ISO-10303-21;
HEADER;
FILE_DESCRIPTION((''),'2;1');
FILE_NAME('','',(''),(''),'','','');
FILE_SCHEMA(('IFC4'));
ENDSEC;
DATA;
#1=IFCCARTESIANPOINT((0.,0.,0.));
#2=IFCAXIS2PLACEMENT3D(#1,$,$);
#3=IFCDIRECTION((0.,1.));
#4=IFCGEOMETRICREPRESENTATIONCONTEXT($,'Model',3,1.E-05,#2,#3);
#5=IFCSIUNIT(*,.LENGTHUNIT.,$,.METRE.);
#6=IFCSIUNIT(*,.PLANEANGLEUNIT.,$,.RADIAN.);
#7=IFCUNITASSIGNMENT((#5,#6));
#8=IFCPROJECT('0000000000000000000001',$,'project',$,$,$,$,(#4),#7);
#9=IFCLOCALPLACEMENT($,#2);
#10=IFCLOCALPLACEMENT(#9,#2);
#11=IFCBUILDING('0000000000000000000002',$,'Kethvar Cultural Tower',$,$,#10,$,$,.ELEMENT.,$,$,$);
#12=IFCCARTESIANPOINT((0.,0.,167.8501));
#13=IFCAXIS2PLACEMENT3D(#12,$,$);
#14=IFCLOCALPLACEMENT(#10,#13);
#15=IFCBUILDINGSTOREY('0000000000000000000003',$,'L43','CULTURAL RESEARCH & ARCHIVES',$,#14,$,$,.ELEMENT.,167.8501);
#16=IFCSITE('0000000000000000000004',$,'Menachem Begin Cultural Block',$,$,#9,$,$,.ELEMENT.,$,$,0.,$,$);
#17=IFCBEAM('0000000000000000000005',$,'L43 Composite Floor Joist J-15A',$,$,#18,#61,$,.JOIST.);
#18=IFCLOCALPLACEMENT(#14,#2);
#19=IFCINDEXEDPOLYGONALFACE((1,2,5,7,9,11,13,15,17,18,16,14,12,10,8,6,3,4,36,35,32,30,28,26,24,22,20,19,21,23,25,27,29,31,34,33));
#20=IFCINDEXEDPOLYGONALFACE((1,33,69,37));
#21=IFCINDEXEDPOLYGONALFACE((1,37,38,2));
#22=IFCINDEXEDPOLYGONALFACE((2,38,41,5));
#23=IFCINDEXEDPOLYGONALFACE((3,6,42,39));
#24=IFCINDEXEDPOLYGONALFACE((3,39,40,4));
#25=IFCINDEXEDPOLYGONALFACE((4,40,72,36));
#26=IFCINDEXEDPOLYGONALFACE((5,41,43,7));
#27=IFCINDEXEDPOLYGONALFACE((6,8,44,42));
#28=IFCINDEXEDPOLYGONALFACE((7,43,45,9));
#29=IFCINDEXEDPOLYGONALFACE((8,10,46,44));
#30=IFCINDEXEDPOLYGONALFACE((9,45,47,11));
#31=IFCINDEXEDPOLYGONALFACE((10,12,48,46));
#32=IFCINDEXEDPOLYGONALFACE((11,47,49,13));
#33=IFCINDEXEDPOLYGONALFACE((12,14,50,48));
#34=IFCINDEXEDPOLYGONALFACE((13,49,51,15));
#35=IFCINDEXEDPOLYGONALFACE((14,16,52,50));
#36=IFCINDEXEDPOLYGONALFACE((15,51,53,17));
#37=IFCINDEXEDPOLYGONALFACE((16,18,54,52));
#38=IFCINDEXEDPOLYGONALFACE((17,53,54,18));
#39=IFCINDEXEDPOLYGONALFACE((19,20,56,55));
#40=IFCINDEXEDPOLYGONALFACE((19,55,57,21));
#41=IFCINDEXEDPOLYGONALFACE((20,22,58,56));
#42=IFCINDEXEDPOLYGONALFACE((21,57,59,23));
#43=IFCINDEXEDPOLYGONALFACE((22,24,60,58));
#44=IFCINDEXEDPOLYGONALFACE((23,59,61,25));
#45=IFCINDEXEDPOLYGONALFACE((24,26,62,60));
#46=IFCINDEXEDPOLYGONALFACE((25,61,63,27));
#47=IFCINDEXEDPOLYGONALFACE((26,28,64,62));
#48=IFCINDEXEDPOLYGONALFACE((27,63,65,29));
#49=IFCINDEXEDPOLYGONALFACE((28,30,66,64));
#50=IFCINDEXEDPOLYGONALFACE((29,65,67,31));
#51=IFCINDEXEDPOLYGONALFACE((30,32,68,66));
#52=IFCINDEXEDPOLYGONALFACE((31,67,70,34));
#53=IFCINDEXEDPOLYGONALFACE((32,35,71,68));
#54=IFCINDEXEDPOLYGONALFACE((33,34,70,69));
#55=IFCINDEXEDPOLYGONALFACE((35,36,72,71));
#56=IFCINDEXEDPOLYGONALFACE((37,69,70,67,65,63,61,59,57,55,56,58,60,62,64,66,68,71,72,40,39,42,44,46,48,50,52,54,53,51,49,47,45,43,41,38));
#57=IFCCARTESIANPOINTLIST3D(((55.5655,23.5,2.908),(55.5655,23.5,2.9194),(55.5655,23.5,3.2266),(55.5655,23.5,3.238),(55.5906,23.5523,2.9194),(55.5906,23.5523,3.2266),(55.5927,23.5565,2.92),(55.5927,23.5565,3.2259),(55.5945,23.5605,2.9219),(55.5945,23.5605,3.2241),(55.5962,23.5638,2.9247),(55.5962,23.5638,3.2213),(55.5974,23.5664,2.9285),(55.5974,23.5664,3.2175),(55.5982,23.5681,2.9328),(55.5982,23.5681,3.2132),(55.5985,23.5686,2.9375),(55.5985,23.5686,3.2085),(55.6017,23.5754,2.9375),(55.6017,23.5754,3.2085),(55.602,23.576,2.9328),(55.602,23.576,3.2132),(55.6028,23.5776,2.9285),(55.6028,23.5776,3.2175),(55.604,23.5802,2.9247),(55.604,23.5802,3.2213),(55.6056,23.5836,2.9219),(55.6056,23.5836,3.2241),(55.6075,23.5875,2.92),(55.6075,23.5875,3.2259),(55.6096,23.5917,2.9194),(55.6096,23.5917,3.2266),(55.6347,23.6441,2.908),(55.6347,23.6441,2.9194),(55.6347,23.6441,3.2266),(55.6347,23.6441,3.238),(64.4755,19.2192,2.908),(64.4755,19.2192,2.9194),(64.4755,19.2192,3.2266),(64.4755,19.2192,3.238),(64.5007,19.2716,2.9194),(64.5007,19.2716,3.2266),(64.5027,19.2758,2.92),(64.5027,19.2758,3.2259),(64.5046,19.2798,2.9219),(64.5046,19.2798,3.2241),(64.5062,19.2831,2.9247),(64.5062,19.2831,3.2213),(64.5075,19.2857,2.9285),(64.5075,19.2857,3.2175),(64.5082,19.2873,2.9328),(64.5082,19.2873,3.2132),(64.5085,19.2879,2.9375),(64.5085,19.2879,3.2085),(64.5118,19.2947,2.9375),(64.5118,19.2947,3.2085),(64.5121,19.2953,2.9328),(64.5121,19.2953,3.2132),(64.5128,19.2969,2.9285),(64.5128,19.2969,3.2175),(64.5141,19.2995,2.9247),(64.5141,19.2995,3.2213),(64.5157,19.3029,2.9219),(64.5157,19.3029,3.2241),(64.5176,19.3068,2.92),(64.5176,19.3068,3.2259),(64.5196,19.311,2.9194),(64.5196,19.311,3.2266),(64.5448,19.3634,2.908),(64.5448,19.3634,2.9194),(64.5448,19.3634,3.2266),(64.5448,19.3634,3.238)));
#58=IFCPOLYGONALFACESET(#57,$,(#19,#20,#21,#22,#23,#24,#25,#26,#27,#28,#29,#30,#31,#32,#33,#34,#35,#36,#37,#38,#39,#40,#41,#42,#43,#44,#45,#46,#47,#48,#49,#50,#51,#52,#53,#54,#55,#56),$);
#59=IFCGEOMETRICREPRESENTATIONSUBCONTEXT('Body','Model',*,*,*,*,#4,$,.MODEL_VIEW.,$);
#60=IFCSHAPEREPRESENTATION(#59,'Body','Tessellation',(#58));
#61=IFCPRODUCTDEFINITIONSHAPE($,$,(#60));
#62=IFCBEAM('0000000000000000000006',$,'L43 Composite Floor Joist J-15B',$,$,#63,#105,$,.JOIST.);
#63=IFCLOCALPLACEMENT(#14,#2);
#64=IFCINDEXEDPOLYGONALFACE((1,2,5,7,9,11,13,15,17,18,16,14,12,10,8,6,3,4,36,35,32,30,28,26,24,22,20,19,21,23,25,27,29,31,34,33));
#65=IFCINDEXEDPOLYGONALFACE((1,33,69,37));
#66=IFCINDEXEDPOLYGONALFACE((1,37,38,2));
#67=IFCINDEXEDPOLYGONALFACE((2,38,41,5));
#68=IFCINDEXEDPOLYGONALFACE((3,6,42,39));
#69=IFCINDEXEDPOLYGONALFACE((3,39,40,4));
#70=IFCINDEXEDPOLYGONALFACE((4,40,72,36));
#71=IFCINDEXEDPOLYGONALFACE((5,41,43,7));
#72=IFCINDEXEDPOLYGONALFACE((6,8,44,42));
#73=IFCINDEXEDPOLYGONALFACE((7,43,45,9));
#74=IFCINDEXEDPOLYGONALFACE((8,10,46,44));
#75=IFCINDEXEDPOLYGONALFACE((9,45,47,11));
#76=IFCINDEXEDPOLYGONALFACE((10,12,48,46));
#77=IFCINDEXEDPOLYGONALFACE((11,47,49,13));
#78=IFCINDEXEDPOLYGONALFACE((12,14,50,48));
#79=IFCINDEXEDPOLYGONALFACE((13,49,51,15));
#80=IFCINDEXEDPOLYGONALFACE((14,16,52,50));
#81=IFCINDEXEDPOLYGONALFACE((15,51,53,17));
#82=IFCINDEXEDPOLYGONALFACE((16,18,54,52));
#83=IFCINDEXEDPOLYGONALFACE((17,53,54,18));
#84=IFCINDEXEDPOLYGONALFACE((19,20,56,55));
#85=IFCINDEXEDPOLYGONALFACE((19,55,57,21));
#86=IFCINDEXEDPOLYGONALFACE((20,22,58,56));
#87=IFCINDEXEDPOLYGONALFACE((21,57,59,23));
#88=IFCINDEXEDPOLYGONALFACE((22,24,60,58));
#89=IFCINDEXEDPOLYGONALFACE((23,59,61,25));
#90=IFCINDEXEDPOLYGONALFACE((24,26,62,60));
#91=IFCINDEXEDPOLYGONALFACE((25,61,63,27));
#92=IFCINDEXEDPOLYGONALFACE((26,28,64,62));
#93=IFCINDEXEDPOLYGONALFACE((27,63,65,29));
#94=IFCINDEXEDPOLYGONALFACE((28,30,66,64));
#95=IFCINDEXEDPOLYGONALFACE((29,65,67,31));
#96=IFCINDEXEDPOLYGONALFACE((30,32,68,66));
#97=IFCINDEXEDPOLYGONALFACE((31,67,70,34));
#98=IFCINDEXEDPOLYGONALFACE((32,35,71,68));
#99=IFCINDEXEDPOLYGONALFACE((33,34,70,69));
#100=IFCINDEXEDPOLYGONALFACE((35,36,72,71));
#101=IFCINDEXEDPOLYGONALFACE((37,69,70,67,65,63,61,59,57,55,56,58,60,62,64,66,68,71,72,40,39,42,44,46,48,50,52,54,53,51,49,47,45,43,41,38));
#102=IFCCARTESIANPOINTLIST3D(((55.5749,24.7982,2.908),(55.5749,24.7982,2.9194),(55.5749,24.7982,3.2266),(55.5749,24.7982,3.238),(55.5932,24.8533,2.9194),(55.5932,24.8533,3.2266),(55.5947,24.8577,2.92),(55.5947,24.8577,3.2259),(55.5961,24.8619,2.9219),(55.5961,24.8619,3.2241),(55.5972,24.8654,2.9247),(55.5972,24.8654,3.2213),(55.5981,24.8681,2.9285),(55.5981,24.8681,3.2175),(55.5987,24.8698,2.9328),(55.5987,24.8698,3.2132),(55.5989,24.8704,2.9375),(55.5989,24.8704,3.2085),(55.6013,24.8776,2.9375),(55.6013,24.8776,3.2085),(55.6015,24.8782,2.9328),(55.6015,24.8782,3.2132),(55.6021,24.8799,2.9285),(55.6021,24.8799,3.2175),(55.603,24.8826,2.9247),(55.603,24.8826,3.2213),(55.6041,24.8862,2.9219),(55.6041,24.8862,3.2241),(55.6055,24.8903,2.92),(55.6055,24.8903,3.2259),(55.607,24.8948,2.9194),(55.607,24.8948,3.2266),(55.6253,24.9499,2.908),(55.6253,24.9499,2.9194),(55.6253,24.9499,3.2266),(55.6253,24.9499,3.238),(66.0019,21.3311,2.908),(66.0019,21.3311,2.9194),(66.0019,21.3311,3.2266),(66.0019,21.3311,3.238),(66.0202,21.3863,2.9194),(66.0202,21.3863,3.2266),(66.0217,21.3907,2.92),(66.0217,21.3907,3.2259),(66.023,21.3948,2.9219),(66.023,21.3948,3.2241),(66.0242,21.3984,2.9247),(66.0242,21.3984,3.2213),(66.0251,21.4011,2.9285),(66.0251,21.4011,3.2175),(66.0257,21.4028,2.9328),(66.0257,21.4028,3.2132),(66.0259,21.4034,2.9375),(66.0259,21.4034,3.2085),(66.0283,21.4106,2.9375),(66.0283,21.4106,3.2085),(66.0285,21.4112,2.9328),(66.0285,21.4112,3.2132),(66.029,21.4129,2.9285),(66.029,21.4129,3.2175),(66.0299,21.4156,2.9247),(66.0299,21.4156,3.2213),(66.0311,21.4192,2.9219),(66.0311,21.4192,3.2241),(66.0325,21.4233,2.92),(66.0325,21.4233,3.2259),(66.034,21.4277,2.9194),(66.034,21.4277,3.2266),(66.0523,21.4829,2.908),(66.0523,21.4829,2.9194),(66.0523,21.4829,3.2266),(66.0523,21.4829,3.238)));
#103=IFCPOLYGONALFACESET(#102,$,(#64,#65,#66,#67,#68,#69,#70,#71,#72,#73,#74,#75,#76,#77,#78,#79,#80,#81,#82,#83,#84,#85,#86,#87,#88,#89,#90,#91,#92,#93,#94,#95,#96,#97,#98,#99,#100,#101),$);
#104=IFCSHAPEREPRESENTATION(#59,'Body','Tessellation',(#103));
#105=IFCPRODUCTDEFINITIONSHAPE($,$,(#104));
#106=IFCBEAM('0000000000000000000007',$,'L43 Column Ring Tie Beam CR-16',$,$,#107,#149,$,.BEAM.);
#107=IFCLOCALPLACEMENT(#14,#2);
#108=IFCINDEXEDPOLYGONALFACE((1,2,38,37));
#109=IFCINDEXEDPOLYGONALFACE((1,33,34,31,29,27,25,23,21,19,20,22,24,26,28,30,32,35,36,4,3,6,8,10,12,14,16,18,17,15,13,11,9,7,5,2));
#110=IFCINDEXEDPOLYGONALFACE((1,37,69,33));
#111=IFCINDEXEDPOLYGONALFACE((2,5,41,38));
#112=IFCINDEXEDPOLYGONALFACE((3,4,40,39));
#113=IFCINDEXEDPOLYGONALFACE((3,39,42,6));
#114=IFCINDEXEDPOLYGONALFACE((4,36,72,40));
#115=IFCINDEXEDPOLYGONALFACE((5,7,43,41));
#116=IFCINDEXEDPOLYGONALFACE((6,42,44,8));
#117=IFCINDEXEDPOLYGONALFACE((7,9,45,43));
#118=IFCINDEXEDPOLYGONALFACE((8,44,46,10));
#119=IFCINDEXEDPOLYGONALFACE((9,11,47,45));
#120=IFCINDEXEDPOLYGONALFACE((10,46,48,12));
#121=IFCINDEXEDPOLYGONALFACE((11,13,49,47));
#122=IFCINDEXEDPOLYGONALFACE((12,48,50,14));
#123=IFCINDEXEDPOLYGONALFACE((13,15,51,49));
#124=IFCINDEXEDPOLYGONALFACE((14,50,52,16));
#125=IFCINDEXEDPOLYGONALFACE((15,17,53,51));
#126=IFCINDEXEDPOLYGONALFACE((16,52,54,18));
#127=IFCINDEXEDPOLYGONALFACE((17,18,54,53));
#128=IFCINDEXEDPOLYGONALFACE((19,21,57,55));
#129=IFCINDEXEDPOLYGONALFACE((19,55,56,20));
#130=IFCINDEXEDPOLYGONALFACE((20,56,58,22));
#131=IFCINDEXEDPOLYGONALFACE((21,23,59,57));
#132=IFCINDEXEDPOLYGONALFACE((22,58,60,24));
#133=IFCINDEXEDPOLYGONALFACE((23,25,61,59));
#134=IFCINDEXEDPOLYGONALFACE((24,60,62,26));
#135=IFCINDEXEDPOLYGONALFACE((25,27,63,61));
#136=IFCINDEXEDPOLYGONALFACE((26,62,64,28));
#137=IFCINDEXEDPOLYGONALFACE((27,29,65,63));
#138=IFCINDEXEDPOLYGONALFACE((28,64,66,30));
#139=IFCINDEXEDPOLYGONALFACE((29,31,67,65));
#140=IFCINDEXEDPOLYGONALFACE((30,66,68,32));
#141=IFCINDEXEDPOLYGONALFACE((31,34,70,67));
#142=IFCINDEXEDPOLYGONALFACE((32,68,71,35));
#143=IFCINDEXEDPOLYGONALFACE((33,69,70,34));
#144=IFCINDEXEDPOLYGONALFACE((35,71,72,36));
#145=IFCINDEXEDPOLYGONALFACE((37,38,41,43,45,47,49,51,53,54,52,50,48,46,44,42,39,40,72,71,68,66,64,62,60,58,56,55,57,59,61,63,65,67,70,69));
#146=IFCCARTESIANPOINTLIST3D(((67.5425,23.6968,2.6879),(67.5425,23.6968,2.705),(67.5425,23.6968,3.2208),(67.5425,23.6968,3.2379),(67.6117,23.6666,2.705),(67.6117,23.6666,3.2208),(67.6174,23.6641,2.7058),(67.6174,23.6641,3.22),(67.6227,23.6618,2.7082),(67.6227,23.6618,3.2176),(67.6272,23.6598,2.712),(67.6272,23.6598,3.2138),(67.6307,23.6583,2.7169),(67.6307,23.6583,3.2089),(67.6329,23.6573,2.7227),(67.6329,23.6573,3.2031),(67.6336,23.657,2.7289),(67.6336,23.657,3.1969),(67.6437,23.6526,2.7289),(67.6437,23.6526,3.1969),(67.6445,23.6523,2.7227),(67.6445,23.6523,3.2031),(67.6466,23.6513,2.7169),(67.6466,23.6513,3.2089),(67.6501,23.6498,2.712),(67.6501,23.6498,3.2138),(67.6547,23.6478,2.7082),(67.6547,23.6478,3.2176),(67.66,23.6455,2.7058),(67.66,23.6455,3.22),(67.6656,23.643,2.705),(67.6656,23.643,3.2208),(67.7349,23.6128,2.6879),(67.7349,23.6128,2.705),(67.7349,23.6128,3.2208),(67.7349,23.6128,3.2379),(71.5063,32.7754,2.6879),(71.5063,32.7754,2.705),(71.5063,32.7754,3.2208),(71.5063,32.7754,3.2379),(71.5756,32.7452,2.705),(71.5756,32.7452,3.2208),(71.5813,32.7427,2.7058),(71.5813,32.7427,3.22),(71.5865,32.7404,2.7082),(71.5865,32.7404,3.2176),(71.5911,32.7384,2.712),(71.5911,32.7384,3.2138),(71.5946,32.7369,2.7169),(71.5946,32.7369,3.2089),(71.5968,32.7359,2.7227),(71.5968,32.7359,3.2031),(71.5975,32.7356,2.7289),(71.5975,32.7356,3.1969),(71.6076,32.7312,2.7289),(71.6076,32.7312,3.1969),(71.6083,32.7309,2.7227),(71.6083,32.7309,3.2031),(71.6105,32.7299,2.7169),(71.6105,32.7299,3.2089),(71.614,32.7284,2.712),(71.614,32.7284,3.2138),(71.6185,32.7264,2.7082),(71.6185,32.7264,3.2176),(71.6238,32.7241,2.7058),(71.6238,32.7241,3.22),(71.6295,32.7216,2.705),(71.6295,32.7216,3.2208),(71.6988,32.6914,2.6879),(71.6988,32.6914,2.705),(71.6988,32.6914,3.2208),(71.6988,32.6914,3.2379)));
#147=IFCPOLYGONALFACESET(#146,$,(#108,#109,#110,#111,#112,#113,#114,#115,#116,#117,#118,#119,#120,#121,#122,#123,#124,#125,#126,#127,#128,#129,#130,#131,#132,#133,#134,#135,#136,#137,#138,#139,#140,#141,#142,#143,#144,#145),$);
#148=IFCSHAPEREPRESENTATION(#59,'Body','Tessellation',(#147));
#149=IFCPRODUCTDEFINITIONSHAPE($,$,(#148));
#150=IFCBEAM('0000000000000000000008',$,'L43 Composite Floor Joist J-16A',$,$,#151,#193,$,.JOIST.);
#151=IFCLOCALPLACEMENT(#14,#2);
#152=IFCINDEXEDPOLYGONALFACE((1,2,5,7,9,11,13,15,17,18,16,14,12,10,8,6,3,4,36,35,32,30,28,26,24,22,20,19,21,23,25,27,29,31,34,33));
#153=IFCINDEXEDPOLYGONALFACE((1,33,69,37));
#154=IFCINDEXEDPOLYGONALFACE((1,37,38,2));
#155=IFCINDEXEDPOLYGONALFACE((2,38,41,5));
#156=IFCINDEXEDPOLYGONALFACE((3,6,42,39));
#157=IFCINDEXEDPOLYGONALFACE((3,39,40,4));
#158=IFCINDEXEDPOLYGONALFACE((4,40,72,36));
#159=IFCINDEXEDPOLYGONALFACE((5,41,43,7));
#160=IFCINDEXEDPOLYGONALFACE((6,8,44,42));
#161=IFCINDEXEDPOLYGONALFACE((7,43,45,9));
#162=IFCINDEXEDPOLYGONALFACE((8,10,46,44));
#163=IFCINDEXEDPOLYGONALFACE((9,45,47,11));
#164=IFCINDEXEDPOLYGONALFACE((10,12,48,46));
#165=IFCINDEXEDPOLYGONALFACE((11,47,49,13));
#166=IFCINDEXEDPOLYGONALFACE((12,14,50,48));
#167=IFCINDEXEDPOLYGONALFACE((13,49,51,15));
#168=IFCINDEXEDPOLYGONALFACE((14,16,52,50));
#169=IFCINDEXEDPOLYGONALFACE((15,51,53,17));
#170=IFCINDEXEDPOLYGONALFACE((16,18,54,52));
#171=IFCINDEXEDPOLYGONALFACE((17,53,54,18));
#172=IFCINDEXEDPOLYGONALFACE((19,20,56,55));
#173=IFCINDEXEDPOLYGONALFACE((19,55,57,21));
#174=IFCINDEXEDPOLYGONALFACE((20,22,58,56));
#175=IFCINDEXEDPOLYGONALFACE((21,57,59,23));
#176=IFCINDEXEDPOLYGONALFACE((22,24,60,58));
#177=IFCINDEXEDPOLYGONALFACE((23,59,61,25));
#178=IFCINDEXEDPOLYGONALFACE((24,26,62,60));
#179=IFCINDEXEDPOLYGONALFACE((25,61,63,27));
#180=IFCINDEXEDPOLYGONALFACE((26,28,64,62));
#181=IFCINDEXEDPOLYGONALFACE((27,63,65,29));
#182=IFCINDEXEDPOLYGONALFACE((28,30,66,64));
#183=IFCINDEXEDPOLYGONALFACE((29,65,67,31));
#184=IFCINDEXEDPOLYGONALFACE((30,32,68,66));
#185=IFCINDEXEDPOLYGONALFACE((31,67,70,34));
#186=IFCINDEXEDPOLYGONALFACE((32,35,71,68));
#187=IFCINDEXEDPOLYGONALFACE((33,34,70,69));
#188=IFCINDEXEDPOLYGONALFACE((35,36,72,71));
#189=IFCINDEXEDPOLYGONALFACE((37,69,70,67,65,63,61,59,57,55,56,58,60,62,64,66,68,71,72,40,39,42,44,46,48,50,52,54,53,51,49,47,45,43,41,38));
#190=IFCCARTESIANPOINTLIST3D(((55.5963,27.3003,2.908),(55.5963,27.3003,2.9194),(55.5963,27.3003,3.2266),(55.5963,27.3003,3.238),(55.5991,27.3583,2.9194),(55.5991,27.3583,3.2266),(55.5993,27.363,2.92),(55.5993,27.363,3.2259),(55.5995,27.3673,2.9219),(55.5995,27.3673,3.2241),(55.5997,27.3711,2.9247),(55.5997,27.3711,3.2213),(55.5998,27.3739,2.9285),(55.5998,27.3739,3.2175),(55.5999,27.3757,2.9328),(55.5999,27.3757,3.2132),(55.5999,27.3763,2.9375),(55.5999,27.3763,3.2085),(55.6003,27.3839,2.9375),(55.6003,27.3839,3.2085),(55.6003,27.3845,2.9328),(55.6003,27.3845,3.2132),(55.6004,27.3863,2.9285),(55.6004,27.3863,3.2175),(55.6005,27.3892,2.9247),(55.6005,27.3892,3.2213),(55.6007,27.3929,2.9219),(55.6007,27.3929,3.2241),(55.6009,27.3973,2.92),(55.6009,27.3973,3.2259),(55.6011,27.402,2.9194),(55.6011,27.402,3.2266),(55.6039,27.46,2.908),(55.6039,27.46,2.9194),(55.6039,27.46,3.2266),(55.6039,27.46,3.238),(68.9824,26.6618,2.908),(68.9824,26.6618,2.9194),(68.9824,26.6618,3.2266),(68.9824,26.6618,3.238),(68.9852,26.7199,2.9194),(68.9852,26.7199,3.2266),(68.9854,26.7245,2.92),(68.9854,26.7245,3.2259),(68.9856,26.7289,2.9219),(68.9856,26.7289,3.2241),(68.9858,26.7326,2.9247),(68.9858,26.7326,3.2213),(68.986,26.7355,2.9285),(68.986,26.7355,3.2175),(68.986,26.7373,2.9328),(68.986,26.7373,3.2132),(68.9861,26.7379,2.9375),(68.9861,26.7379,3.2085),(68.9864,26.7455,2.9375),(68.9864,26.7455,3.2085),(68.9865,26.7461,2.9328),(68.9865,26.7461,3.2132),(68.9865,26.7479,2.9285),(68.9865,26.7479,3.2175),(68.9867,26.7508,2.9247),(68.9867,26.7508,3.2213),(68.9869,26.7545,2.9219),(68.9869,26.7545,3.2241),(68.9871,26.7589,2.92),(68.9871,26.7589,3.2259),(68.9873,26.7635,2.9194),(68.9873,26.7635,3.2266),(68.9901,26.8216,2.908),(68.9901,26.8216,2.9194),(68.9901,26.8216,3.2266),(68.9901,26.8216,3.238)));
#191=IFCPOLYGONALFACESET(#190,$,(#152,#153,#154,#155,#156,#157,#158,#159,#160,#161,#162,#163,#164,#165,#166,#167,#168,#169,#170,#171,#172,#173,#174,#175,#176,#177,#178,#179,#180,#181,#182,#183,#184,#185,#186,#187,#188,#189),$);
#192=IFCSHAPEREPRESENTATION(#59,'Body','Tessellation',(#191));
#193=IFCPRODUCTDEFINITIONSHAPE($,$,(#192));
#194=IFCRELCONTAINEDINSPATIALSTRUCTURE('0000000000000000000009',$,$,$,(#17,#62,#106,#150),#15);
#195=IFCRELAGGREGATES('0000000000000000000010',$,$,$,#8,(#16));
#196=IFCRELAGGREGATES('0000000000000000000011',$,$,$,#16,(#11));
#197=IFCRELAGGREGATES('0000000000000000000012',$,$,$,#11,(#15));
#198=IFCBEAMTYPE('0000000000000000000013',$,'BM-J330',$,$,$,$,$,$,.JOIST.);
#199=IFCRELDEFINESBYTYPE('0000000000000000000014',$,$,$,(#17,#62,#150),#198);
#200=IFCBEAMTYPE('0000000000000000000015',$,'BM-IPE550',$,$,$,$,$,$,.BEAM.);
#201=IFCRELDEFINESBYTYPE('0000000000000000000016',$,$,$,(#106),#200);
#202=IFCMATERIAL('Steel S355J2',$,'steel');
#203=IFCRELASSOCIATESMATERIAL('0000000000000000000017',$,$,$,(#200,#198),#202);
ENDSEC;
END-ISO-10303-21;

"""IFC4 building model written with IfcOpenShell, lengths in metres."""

from ifc_helpers import new_model, si_unit, direction, frame, origin, origin_2d, place, context, subcontext, project, spatial, i_section, extrude, source, transform, mapped, material, material_profile, profile_set, type_object, element, save


model = new_model("IFC4")

# Units and contexts
model_context = context("Model", 3, precision=1e-05, world=origin(), true_north=direction((0.0, 1.0)))
body_context = subcontext(model_context, "Body", "Model", "MODEL_VIEW")
ifc_project = project(units=[si_unit("LENGTHUNIT", "METRE"), si_unit("PLANEANGLEUNIT", "RADIAN")], contexts=[model_context])

# Site, building, storey
site_placement = place(None, origin())
site = spatial("IfcSite", under=ifc_project, at=site_placement, Name="Menachem Begin Cultural Block", CompositionType="ELEMENT", RefElevation=0.0)
building_placement = place(site_placement, origin())
building = spatial("IfcBuilding", under=site, at=building_placement, Name="Kethvar Cultural Tower", CompositionType="ELEMENT")
storey_placement = place(building_placement, frame((0.0, 0.0, 167.8501)))
storey = spatial("IfcBuildingStorey", under=building, at=storey_placement, Name="L43", Description="CULTURAL RESEARCH & ARCHIVES", CompositionType="ELEMENT", Elevation=167.8501)

# Beams
ifc_material_1 = material(Name="Steel S355J2", Category="steel")
ifc_material_profile_1 = material_profile(ifc_material_1, i_section(OverallWidth=0.21, OverallDepth=0.55, WebThickness=0.011, FlangeThickness=0.0171, FilletRadius=0.0239, at=origin_2d()), Name="Steel S355J2 — IPE550")
ifc_profile_set_1 = profile_set([ifc_material_profile_1], Name="Steel S355J2 — IPE550")
beam_type_1 = type_object("IfcBeamType", Name="BM-IPE550", PredefinedType="BEAM", material=ifc_profile_set_1)
ifc_material_profile_2 = material_profile(ifc_material_1, i_section(OverallWidth=0.1599, OverallDepth=0.3301, WebThickness=0.0076, FlangeThickness=0.0115, FilletRadius=0.0181, at=origin_2d()), Name="Steel S355J2 — IPE330")
ifc_profile_set_2 = profile_set([ifc_material_profile_2], Name="Steel S355J2 — IPE330")
beam_type_2 = type_object("IfcBeamType", Name="BM-J330", PredefinedType="JOIST", material=ifc_profile_set_2)
shared_shape_1 = source(origin(), body_context, "Body", "SweptSolid", [
    extrude(i_section(OverallWidth=0.1599, OverallDepth=0.3301, WebThickness=0.0076, FlangeThickness=0.0115, FilletRadius=0.0181, at=origin_2d()), origin(), (0.0, 0.0, 1.0), 9.885),
])
beam_1_placement = place(storey_placement, frame((55.6001, 23.572, 3.073), z_axis=(0.90137, -0.433051, 0.0), x_axis=(0.433051, 0.90137, 0.0)))
element("IfcBeam", 1, at=beam_1_placement, inside=storey, type_object=beam_type_2, Name="L43 Composite Floor Joist J-15A", PredefinedType="JOIST", context=body_context, shape_type="MappedRepresentation", body=[
    mapped(shared_shape_1, transform((0.0, 0.0, 0.0), scale=1.0)),
])
shared_shape_2 = source(origin(), body_context, "Body", "SweptSolid", [
    extrude(i_section(OverallWidth=0.1599, OverallDepth=0.3301, WebThickness=0.0076, FlangeThickness=0.0115, FilletRadius=0.0181, at=origin_2d()), origin(), (0.0, 0.0, 1.0), 10.9883),
])
beam_2_placement = place(storey_placement, frame((55.6001, 24.874, 3.073), z_axis=(0.948919, -0.315521, 0.0), x_axis=(0.315521, 0.948919, 0.0)))
element("IfcBeam", 2, at=beam_2_placement, inside=storey, type_object=beam_type_2, Name="L43 Composite Floor Joist J-15B", PredefinedType="JOIST", context=body_context, shape_type="MappedRepresentation", body=[
    mapped(shared_shape_2, transform((0.0, 0.0, 0.0), scale=1.0)),
])
shared_shape_3 = source(origin(), body_context, "Body", "SweptSolid", [
    extrude(i_section(OverallWidth=0.21, OverallDepth=0.55, WebThickness=0.011, FlangeThickness=0.0171, FilletRadius=0.0239, at=origin_2d()), origin(), (0.0, 0.0, 1.0), 9.9062),
])
beam_3_placement = place(storey_placement, frame((67.6387, 23.6548, 2.9629), z_axis=(0.400139, 0.916455, 0.0), x_axis=(-0.916455, 0.400139, 0.0)))
element("IfcBeam", 3, at=beam_3_placement, inside=storey, type_object=beam_type_1, Name="L43 Column Ring Tie Beam CR-16", PredefinedType="BEAM", context=body_context, shape_type="MappedRepresentation", body=[
    mapped(shared_shape_3, transform((0.0, 0.0, 0.0), scale=1.0)),
])
shared_shape_4 = source(origin(), body_context, "Body", "SweptSolid", [
    extrude(i_section(OverallWidth=0.1599, OverallDepth=0.3301, WebThickness=0.0076, FlangeThickness=0.0115, FilletRadius=0.0181, at=origin_2d()), origin(), (0.0, 0.0, 1.0), 13.4014),
])
beam_4_placement = place(storey_placement, frame((55.6001, 27.3801, 3.073), z_axis=(0.998865, -0.047639, 0.0), x_axis=(0.047639, 0.998865, 0.0)))
element("IfcBeam", 4, at=beam_4_placement, inside=storey, type_object=beam_type_2, Name="L43 Composite Floor Joist J-16A", PredefinedType="JOIST", context=body_context, shape_type="MappedRepresentation", body=[
    mapped(shared_shape_4, transform((0.0, 0.0, 0.0), scale=1.0)),
])

save(model, "model.ifc")
